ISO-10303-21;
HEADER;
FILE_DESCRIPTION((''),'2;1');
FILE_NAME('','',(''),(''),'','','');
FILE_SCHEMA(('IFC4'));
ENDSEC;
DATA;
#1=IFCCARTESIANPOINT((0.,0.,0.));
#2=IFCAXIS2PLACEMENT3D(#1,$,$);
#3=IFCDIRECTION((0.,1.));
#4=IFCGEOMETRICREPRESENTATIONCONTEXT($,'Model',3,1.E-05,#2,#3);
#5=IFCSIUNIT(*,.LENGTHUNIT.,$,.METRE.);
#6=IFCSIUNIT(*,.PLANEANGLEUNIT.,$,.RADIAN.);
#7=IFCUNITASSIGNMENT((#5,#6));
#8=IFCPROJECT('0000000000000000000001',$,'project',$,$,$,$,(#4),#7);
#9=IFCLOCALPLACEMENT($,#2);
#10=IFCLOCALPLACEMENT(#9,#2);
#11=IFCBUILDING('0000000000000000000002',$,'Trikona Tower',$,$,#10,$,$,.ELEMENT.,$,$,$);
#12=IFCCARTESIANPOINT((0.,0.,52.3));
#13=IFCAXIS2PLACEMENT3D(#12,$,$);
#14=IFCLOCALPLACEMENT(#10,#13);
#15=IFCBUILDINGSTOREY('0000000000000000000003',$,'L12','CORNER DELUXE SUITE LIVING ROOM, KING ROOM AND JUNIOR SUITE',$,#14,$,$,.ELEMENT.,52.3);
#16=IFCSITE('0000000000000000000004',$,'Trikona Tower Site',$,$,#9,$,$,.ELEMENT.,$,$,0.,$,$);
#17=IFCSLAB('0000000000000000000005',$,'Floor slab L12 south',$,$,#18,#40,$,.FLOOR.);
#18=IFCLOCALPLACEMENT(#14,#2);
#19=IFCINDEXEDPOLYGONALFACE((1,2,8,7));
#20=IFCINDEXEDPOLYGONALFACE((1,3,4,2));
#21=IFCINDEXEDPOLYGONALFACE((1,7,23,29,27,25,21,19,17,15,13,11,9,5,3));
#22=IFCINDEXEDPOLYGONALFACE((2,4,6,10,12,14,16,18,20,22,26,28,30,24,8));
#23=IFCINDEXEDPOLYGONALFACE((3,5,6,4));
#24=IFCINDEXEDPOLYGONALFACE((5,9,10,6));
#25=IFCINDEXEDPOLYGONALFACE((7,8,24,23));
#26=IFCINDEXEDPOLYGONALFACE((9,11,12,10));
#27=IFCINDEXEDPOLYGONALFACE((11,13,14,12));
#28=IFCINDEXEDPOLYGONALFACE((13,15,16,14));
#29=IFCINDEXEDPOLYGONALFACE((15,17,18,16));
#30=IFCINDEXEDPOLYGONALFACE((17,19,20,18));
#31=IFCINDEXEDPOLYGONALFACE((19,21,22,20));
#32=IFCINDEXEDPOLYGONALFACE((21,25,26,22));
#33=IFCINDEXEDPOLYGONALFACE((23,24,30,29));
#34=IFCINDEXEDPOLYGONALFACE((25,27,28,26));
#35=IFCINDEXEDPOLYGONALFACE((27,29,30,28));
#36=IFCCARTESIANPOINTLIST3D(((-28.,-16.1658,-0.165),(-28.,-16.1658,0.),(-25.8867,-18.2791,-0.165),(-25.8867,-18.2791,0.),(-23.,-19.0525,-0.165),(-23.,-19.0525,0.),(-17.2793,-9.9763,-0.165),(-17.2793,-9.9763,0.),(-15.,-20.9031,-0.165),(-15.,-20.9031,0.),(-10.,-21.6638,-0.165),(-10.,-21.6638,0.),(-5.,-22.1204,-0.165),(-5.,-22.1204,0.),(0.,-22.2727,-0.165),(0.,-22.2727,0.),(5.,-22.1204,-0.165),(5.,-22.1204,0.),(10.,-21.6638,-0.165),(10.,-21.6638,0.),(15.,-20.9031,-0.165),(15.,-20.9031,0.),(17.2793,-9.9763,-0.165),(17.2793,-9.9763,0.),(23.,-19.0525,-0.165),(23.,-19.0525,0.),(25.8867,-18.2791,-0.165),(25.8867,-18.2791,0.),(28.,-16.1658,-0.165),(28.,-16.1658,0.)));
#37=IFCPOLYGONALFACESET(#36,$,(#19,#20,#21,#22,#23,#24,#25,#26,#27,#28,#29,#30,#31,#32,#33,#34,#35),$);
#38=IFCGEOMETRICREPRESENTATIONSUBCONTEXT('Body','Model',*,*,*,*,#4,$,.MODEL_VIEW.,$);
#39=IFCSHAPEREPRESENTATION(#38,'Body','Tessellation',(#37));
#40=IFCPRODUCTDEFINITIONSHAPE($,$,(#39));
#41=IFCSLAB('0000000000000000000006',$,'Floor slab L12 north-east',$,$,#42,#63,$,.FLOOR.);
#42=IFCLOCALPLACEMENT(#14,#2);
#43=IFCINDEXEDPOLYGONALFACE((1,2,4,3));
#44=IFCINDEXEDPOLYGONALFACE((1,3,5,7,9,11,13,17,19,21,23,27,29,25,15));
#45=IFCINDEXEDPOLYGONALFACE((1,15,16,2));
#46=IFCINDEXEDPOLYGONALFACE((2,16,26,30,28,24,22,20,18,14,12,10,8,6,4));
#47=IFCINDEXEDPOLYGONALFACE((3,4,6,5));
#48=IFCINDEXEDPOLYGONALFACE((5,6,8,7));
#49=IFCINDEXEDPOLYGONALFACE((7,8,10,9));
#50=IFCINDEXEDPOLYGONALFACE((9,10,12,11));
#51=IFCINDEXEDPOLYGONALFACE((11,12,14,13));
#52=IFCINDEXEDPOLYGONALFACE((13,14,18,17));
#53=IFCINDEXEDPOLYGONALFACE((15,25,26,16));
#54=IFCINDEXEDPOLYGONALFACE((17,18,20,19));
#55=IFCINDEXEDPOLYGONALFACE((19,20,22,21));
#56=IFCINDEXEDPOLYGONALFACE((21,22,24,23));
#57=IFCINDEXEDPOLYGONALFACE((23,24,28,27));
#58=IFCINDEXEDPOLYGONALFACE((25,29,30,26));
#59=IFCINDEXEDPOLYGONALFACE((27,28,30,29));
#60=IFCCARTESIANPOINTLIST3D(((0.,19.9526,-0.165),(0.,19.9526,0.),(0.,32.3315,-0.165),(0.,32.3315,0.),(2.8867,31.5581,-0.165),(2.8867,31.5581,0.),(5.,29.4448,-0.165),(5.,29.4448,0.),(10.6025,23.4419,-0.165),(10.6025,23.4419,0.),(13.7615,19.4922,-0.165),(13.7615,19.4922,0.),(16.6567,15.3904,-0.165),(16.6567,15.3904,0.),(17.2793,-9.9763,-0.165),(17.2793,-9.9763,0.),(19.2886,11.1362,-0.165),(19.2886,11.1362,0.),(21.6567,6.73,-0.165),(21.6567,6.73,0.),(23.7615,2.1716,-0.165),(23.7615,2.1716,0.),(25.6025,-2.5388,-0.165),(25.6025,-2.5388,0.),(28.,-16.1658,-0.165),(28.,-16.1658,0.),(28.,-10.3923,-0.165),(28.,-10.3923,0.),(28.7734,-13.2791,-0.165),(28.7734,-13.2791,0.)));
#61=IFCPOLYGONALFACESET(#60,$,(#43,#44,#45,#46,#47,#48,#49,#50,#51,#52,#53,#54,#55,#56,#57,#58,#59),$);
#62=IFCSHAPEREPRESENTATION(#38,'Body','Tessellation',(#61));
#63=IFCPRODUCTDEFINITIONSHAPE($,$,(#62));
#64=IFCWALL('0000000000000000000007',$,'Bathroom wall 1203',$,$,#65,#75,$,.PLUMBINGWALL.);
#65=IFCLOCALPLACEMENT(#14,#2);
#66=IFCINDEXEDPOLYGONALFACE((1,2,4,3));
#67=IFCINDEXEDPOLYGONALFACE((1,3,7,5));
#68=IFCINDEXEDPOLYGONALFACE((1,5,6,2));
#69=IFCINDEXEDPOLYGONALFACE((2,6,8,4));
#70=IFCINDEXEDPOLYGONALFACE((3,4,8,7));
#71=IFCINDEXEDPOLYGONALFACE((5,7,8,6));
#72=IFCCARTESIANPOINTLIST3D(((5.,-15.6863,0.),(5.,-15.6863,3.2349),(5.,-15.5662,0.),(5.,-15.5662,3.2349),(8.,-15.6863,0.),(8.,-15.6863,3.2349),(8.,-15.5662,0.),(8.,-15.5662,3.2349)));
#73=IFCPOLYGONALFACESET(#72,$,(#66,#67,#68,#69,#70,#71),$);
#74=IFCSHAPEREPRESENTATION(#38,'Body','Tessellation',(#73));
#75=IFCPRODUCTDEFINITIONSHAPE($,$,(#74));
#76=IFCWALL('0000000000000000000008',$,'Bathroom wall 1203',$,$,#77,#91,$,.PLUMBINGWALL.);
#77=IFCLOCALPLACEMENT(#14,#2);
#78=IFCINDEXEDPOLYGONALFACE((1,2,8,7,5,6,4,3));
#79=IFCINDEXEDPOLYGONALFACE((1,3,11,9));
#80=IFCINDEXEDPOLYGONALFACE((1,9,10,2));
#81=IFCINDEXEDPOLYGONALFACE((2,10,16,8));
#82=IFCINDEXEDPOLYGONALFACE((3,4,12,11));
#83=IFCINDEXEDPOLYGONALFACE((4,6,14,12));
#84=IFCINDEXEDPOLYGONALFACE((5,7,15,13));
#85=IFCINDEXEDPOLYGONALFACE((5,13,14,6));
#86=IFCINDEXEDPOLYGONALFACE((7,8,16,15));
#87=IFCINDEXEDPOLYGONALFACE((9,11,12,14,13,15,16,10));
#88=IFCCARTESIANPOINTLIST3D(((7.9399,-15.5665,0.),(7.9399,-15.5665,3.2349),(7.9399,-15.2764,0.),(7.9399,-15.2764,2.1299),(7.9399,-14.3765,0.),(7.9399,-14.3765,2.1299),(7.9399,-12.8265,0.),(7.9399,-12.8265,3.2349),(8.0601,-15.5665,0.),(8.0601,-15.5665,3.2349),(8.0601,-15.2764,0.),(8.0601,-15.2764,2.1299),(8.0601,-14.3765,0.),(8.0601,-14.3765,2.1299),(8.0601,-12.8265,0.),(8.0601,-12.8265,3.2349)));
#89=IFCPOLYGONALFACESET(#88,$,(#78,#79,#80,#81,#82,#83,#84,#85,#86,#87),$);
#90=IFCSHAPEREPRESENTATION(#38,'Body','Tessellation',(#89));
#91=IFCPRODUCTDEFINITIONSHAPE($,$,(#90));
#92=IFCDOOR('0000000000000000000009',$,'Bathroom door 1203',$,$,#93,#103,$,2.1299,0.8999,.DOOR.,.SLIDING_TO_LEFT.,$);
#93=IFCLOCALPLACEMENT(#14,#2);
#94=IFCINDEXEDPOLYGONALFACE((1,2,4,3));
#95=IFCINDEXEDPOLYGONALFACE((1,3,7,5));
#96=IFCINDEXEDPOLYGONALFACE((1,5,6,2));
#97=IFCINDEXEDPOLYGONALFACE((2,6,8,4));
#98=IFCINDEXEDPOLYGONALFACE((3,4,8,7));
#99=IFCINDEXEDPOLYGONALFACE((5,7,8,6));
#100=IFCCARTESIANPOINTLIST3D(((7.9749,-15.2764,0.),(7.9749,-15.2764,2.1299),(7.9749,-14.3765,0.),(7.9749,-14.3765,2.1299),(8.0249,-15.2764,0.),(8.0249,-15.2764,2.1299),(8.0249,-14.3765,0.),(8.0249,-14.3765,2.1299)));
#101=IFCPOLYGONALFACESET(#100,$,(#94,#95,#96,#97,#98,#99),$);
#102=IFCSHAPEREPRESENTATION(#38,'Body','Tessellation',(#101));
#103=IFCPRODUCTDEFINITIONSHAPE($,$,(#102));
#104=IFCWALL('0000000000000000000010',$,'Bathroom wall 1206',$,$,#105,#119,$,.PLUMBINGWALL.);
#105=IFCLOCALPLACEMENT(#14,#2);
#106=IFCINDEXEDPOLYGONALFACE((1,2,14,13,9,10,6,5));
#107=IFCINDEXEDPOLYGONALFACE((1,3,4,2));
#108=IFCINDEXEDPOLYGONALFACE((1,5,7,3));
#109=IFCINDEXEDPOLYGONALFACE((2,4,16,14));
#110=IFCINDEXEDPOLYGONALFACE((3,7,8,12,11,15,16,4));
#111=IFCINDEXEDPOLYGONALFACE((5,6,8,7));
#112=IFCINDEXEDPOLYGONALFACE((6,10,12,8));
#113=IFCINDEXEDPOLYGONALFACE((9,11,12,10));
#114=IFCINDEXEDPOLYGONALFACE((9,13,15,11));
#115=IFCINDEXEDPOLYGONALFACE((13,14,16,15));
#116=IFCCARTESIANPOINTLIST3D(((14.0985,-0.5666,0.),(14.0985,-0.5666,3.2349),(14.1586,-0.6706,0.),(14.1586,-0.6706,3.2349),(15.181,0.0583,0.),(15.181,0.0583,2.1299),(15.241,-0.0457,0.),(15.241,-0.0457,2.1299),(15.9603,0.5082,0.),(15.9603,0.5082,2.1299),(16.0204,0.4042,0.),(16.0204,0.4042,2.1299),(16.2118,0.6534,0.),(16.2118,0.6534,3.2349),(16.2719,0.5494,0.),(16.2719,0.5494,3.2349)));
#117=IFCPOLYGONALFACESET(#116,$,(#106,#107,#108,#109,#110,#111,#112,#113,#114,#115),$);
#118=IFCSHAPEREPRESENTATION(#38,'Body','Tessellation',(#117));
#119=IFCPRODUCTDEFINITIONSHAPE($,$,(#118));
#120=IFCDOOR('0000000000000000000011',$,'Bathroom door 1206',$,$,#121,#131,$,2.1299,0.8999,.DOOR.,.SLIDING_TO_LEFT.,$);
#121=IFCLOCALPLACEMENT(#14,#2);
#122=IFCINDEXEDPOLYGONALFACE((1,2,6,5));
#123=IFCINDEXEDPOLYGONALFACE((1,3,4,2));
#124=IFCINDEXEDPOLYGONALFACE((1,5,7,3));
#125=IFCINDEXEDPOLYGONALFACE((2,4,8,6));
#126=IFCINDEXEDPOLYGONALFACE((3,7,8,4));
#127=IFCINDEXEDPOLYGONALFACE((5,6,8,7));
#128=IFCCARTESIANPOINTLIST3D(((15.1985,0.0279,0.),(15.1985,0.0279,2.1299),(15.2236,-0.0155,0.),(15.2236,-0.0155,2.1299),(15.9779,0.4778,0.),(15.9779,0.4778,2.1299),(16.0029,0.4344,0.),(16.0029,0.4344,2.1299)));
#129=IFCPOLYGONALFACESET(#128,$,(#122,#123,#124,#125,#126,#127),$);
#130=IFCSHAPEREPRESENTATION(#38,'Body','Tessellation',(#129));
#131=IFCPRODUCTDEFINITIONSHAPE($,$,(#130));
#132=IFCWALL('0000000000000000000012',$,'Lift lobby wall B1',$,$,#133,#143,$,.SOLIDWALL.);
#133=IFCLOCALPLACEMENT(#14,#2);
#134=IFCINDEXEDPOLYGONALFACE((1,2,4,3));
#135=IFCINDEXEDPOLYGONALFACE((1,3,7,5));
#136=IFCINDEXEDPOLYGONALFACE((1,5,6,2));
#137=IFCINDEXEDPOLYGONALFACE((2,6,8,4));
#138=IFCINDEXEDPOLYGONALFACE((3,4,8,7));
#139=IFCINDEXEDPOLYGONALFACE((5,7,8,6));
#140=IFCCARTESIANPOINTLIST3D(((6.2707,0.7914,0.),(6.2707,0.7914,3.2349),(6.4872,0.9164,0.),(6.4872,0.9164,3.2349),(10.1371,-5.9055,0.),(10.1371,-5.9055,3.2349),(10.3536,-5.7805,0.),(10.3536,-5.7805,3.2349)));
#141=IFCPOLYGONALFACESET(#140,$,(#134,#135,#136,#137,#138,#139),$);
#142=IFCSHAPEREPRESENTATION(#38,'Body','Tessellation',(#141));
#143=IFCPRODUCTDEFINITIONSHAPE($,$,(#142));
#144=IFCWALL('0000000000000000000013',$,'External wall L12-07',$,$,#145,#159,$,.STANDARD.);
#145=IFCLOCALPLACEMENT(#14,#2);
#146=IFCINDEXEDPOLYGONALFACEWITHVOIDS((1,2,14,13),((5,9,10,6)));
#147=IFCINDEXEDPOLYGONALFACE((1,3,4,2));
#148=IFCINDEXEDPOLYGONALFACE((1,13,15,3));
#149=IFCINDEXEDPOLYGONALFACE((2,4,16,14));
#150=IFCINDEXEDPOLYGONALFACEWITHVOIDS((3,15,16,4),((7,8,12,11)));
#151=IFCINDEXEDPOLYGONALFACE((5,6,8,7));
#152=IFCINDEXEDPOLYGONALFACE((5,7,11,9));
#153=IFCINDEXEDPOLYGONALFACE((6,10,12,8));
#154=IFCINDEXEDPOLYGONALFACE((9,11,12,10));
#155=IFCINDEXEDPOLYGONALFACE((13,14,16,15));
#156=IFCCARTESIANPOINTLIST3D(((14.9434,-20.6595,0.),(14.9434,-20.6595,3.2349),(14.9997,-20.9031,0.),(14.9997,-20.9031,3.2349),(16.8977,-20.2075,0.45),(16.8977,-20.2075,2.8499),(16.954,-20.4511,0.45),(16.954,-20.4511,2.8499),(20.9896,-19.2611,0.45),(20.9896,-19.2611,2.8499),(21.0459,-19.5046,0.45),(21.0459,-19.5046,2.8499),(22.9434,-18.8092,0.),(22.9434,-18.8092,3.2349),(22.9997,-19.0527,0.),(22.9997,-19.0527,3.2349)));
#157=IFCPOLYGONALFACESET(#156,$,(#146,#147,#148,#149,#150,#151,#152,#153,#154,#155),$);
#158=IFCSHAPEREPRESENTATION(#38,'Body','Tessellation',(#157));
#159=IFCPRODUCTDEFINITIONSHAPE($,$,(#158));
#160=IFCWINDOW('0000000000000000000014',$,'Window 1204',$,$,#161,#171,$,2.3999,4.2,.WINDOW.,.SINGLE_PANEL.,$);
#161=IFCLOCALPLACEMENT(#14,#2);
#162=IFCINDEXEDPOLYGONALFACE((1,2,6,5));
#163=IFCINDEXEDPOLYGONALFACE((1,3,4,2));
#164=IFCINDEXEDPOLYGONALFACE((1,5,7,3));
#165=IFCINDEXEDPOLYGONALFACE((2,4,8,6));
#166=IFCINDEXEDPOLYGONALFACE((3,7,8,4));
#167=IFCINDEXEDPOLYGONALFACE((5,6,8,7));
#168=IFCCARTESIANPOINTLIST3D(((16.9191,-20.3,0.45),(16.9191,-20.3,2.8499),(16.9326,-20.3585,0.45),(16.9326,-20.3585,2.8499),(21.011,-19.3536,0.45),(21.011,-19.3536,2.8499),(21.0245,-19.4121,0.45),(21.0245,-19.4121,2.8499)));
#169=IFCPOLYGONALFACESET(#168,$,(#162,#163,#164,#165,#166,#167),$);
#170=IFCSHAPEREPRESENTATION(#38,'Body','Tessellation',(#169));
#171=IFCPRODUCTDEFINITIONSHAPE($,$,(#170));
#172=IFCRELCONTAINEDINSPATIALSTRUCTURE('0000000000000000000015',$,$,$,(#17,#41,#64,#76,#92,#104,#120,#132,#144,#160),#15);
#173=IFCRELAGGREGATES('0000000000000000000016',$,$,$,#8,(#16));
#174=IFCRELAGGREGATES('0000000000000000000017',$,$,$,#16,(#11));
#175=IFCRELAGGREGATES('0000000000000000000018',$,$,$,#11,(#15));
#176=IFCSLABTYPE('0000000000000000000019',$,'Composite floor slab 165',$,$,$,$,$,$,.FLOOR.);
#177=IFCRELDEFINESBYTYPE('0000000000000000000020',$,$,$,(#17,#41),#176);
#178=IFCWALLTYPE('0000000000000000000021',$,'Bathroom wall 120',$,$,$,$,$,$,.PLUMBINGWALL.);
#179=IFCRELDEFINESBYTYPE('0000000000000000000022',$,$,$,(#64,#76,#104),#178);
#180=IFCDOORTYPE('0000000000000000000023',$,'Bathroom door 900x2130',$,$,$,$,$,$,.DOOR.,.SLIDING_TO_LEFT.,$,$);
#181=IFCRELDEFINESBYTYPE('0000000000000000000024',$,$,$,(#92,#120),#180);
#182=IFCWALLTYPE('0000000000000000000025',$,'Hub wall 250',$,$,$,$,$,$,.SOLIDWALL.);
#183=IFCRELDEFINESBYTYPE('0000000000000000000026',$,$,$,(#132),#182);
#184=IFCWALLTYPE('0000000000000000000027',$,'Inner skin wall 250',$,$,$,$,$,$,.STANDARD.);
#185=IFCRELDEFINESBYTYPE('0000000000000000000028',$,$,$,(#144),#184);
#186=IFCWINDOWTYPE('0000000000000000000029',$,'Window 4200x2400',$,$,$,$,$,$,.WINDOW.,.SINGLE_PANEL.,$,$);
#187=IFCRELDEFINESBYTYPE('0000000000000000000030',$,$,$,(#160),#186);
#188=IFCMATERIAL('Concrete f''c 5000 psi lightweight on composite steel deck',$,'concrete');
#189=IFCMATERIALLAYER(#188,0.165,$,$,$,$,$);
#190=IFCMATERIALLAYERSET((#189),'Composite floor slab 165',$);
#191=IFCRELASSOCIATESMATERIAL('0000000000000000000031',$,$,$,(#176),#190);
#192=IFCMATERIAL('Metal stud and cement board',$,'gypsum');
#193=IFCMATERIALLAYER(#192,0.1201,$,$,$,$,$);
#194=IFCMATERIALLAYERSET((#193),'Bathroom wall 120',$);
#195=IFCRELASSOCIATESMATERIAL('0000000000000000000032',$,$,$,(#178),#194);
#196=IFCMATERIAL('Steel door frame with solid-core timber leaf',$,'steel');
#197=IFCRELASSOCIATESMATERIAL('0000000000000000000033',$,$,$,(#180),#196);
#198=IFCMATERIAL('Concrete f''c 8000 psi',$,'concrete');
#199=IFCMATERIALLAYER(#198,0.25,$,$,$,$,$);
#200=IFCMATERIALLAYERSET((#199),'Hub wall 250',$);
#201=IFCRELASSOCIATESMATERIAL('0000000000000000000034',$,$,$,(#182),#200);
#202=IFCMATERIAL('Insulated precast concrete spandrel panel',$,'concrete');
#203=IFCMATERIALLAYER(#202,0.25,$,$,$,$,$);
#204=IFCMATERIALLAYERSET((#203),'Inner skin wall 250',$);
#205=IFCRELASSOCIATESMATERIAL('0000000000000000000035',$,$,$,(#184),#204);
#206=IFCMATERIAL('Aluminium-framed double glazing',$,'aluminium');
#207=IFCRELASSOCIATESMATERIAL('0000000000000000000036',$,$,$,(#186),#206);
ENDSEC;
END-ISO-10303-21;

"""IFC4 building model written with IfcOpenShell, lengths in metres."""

from ifc_helpers import new_model, si_unit, direction, frame, frame_2d, origin, place, context, subcontext, project, spatial, polyline, rectangle, outline, extrude, material, layer, layer_set, type_object, element, fill, save


model = new_model("IFC4")

# Units and contexts
model_context = context("Model", 3, precision=1e-05, world=origin(), true_north=direction((0.0, 1.0)))
body_context = subcontext(model_context, "Body", "Model", "MODEL_VIEW")
ifc_project = project(units=[si_unit("LENGTHUNIT", "METRE"), si_unit("PLANEANGLEUNIT", "RADIAN")], contexts=[model_context])

# Site, building, storey
site_placement = place(None, origin())
site = spatial("IfcSite", under=ifc_project, at=site_placement, Name="Trikona Tower Site", CompositionType="ELEMENT", RefElevation=0.0)
building_placement = place(site_placement, origin())
building = spatial("IfcBuilding", under=site, at=building_placement, Name="Trikona Tower", CompositionType="ELEMENT")
storey_placement = place(building_placement, frame((0.0, 0.0, 52.3)))
storey = spatial("IfcBuildingStorey", under=building, at=storey_placement, Name="L12", Description="CORNER DELUXE SUITE LIVING ROOM, KING ROOM AND JUNIOR SUITE", CompositionType="ELEMENT", Elevation=52.3)

# Slabs
ifc_material_1 = material(Name="Concrete f'c 5000 psi lightweight on composite steel deck", Category="concrete")
ifc_layer_1 = layer(ifc_material_1, 0.165)
ifc_layer_set_1 = layer_set([ifc_layer_1], Name="Composite floor slab 165")
slab_type = type_object("IfcSlabType", Name="Composite floor slab 165", PredefinedType="FLOOR", material=ifc_layer_set_1)
slab_1_placement = place(storey_placement, frame((0.0, 0.0, -0.165)))
element("IfcSlab", 1, at=slab_1_placement, inside=storey, type_object=slab_type, Name="Floor slab L12 south", PredefinedType="FLOOR", context=body_context, shape_type="SweptSolid", body=[
    extrude(outline(polyline([(25.8867, -18.2791), (28.0, -16.1658), (17.2793, -9.9763), (-17.2793, -9.9763), (-28.0, -16.1658), (-25.8867, -18.2791), (-23.0, -19.0525), (-15.0, -20.9031), (-10.0, -21.6638), (-5.0, -22.1204), (0.0, -22.2727), (5.0, -22.1204), (10.0, -21.6638), (15.0, -20.9031), (23.0, -19.0525), (25.8867, -18.2791)])), origin(), (0.0, 0.0, 1.0), 0.165),
])
slab_2_placement = place(storey_placement, frame((0.0, 0.0, -0.165)))
element("IfcSlab", 2, at=slab_2_placement, inside=storey, type_object=slab_type, Name="Floor slab L12 north-east", PredefinedType="FLOOR", context=body_context, shape_type="SweptSolid", body=[
    extrude(outline(polyline([(2.8867, 31.5581), (0.0, 32.3315), (0.0, 19.9526), (17.2793, -9.9763), (28.0, -16.1658), (28.7734, -13.2791), (28.0, -10.3923), (25.6025, -2.5388), (23.7615, 2.1716), (21.6567, 6.73), (19.2886, 11.1362), (16.6567, 15.3904), (13.7615, 19.4922), (10.6025, 23.4419), (5.0, 29.4448), (2.8867, 31.5581)])), origin(), (0.0, 0.0, 1.0), 0.165),
])

# Wall
ifc_material_2 = material(Name="Metal stud and cement board", Category="gypsum")
ifc_layer_2 = layer(ifc_material_2, 0.1201)
ifc_layer_set_2 = layer_set([ifc_layer_2], Name="Bathroom wall 120")
wall_type_1 = type_object("IfcWallType", Name="Bathroom wall 120", PredefinedType="PLUMBINGWALL", material=ifc_layer_set_2)
wall_1_placement = place(storey_placement, frame((5.0, -15.6262, 0.0), z_axis=(0.0, 0.0, 1.0), x_axis=(1.0, 0.0, 0.0)))
element("IfcWall", 3, at=wall_1_placement, inside=storey, type_object=wall_type_1, Name="Bathroom wall 1203", PredefinedType="PLUMBINGWALL", context=body_context, shape_type="SweptSolid", body=[
    extrude(rectangle(XDim=3.0, YDim=0.1201, at=frame_2d((1.5, 0.0))), origin(), (0.0, 0.0, 1.0), 3.2349),
])

# Walls, openings, doors
wall_2_placement = place(storey_placement, frame((8.0, -12.8264, 0.0), z_axis=(0.0, 0.0, 1.0), x_axis=(0.0, -1.0, 0.0)))
wall_2 = element("IfcWall", 4, at=wall_2_placement, inside=storey, type_object=wall_type_1, Name="Bathroom wall 1203", PredefinedType="PLUMBINGWALL", context=body_context, shape_type="SweptSolid", body=[
    extrude(rectangle(XDim=2.74, YDim=0.1201, at=frame_2d((1.3701, 0.0))), origin(), (0.0, 0.0, 1.0), 3.2349),
])
opening_1_placement = place(wall_2_placement, frame((1.55, 0.0, 0.0)))
opening_1 = element("IfcOpeningElement", 5, at=opening_1_placement, cuts=wall_2, PredefinedType="OPENING", context=body_context, shape_type="SweptSolid", body=[
    extrude(rectangle(XDim=0.8999, YDim=2.1299, at=frame_2d((0.45, 1.0649))), frame((0.0, 0.0701, 0.0), z_axis=(0.0, -1.0, 0.0), x_axis=(1.0, 0.0, 0.0)), (0.0, 0.0, 1.0), 0.1401),
])
ifc_material_3 = material(Name="Steel door frame with solid-core timber leaf", Category="steel")
door_type_1 = type_object("IfcDoorType", Name="Bathroom door 900x2130", OperationType="SLIDING_TO_LEFT", PredefinedType="DOOR", material=ifc_material_3)
door_1_placement = place(opening_1_placement, origin())
door_1 = element("IfcDoor", 6, at=door_1_placement, inside=storey, type_object=door_type_1, Name="Bathroom door 1203", OperationType="SLIDING_TO_LEFT", OverallHeight=2.1299, OverallWidth=0.8999, PredefinedType="DOOR", context=body_context, shape_type="SweptSolid", body=[
    extrude(rectangle(XDim=0.8999, YDim=2.1299, at=frame_2d((0.45, 1.0649))), frame((0.0, 0.0249, 0.0), z_axis=(0.0, -1.0, 0.0), x_axis=(1.0, 0.0, 0.0)), (0.0, 0.0, 1.0), 0.05),
])
fill(opening_1, door_1)
wall_3_placement = place(storey_placement, frame((14.1284, -0.6187, 0.0), z_axis=(0.0, 0.0, 1.0), x_axis=(0.866049, 0.499959, 0.0)))
wall_3 = element("IfcWall", 7, at=wall_3_placement, inside=storey, type_object=wall_type_1, Name="Bathroom wall 1206", PredefinedType="PLUMBINGWALL", context=body_context, shape_type="SweptSolid", body=[
    extrude(rectangle(XDim=2.4402, YDim=0.1201, at=frame_2d((1.2202, 0.0))), origin(), (0.0, 0.0, 1.0), 3.2349),
])
opening_2_placement = place(wall_3_placement, frame((1.25, 0.0, 0.0)))
opening_2 = element("IfcOpeningElement", 8, at=opening_2_placement, cuts=wall_3, PredefinedType="OPENING", context=body_context, shape_type="SweptSolid", body=[
    extrude(rectangle(XDim=0.8999, YDim=2.1299, at=frame_2d((0.45, 1.0649))), frame((0.0, 0.0701, 0.0), z_axis=(0.0, -1.0, 0.0), x_axis=(1.0, 0.0, 0.0)), (0.0, 0.0, 1.0), 0.1401),
])
door_2_placement = place(opening_2_placement, origin())
door_2 = element("IfcDoor", 9, at=door_2_placement, inside=storey, type_object=door_type_1, Name="Bathroom door 1206", OperationType="SLIDING_TO_LEFT", OverallHeight=2.1299, OverallWidth=0.8999, PredefinedType="DOOR", context=body_context, shape_type="SweptSolid", body=[
    extrude(rectangle(XDim=0.8999, YDim=2.1299, at=frame_2d((0.45, 1.0649))), frame((0.0, 0.0249, 0.0), z_axis=(0.0, -1.0, 0.0), x_axis=(1.0, 0.0, 0.0)), (0.0, 0.0, 1.0), 0.05),
])
fill(opening_2, door_2)

# Wall
ifc_material_4 = material(Name="Concrete f'c 8000 psi", Category="concrete")
ifc_layer_3 = layer(ifc_material_4, 0.25)
ifc_layer_set_3 = layer_set([ifc_layer_3], Name="Hub wall 250")
wall_type_2 = type_object("IfcWallType", Name="Hub wall 250", PredefinedType="SOLIDWALL", material=ifc_layer_set_3)
wall_4_placement = place(storey_placement, frame((10.2454, -5.843, 0.0), z_axis=(0.0, 0.0, 1.0), x_axis=(-0.499993, 0.866029, 0.0)))
element("IfcWall", 10, at=wall_4_placement, inside=storey, type_object=wall_type_2, Name="Lift lobby wall B1", PredefinedType="SOLIDWALL", context=body_context, shape_type="SweptSolid", body=[
    extrude(rectangle(XDim=7.7329, YDim=0.25, at=frame_2d((3.8665, 0.0))), origin(), (0.0, 0.0, 1.0), 3.2349),
])

# Wall, opening, window
ifc_material_5 = material(Name="Insulated precast concrete spandrel panel", Category="concrete")
ifc_layer_4 = layer(ifc_material_5, 0.25)
ifc_layer_set_4 = layer_set([ifc_layer_4], Name="Inner skin wall 250")
wall_type_3 = type_object("IfcWallType", Name="Inner skin wall 250", PredefinedType="STANDARD", material=ifc_layer_set_4)
wall_5_placement = place(storey_placement, frame((14.9717, -20.7812, 0.0), z_axis=(0.0, 0.0, 1.0), x_axis=(0.974279, 0.225344, 0.0)))
wall_5 = element("IfcWall", 11, at=wall_5_placement, inside=storey, type_object=wall_type_3, Name="External wall L12-07", PredefinedType="STANDARD", context=body_context, shape_type="SweptSolid", body=[
    extrude(rectangle(XDim=8.2112, YDim=0.25, at=frame_2d((4.1055, 0.0))), origin(), (0.0, 0.0, 1.0), 3.2349),
])
opening_3_placement = place(wall_5_placement, frame((2.0056, 0.0, 0.45)))
opening_3 = element("IfcOpeningElement", 12, at=opening_3_placement, cuts=wall_5, PredefinedType="OPENING", context=body_context, shape_type="SweptSolid", body=[
    extrude(rectangle(XDim=4.2, YDim=2.3999, at=frame_2d((2.1001, 1.2))), frame((0.0, 0.135, 0.0), z_axis=(0.0, -1.0, 0.0), x_axis=(1.0, 0.0, 0.0)), (0.0, 0.0, 1.0), 0.27),
])
ifc_material_6 = material(Name="Aluminium-framed double glazing", Category="aluminium")
window_type = type_object("IfcWindowType", Name="Window 4200x2400", PartitioningType="SINGLE_PANEL", PredefinedType="WINDOW", material=ifc_material_6)
window_placement = place(opening_3_placement, origin())
window = element("IfcWindow", 13, at=window_placement, inside=storey, type_object=window_type, Name="Window 1204", OverallHeight=2.3999, OverallWidth=4.2, PartitioningType="SINGLE_PANEL", PredefinedType="WINDOW", context=body_context, shape_type="SweptSolid", body=[
    extrude(rectangle(XDim=4.2, YDim=2.3999, at=frame_2d((2.1001, 1.2))), frame((0.0, 0.03, 0.0), z_axis=(0.0, -1.0, 0.0), x_axis=(1.0, 0.0, 0.0)), (0.0, 0.0, 1.0), 0.0601),
])
fill(opening_3, window)

save(model, "model.ifc")
